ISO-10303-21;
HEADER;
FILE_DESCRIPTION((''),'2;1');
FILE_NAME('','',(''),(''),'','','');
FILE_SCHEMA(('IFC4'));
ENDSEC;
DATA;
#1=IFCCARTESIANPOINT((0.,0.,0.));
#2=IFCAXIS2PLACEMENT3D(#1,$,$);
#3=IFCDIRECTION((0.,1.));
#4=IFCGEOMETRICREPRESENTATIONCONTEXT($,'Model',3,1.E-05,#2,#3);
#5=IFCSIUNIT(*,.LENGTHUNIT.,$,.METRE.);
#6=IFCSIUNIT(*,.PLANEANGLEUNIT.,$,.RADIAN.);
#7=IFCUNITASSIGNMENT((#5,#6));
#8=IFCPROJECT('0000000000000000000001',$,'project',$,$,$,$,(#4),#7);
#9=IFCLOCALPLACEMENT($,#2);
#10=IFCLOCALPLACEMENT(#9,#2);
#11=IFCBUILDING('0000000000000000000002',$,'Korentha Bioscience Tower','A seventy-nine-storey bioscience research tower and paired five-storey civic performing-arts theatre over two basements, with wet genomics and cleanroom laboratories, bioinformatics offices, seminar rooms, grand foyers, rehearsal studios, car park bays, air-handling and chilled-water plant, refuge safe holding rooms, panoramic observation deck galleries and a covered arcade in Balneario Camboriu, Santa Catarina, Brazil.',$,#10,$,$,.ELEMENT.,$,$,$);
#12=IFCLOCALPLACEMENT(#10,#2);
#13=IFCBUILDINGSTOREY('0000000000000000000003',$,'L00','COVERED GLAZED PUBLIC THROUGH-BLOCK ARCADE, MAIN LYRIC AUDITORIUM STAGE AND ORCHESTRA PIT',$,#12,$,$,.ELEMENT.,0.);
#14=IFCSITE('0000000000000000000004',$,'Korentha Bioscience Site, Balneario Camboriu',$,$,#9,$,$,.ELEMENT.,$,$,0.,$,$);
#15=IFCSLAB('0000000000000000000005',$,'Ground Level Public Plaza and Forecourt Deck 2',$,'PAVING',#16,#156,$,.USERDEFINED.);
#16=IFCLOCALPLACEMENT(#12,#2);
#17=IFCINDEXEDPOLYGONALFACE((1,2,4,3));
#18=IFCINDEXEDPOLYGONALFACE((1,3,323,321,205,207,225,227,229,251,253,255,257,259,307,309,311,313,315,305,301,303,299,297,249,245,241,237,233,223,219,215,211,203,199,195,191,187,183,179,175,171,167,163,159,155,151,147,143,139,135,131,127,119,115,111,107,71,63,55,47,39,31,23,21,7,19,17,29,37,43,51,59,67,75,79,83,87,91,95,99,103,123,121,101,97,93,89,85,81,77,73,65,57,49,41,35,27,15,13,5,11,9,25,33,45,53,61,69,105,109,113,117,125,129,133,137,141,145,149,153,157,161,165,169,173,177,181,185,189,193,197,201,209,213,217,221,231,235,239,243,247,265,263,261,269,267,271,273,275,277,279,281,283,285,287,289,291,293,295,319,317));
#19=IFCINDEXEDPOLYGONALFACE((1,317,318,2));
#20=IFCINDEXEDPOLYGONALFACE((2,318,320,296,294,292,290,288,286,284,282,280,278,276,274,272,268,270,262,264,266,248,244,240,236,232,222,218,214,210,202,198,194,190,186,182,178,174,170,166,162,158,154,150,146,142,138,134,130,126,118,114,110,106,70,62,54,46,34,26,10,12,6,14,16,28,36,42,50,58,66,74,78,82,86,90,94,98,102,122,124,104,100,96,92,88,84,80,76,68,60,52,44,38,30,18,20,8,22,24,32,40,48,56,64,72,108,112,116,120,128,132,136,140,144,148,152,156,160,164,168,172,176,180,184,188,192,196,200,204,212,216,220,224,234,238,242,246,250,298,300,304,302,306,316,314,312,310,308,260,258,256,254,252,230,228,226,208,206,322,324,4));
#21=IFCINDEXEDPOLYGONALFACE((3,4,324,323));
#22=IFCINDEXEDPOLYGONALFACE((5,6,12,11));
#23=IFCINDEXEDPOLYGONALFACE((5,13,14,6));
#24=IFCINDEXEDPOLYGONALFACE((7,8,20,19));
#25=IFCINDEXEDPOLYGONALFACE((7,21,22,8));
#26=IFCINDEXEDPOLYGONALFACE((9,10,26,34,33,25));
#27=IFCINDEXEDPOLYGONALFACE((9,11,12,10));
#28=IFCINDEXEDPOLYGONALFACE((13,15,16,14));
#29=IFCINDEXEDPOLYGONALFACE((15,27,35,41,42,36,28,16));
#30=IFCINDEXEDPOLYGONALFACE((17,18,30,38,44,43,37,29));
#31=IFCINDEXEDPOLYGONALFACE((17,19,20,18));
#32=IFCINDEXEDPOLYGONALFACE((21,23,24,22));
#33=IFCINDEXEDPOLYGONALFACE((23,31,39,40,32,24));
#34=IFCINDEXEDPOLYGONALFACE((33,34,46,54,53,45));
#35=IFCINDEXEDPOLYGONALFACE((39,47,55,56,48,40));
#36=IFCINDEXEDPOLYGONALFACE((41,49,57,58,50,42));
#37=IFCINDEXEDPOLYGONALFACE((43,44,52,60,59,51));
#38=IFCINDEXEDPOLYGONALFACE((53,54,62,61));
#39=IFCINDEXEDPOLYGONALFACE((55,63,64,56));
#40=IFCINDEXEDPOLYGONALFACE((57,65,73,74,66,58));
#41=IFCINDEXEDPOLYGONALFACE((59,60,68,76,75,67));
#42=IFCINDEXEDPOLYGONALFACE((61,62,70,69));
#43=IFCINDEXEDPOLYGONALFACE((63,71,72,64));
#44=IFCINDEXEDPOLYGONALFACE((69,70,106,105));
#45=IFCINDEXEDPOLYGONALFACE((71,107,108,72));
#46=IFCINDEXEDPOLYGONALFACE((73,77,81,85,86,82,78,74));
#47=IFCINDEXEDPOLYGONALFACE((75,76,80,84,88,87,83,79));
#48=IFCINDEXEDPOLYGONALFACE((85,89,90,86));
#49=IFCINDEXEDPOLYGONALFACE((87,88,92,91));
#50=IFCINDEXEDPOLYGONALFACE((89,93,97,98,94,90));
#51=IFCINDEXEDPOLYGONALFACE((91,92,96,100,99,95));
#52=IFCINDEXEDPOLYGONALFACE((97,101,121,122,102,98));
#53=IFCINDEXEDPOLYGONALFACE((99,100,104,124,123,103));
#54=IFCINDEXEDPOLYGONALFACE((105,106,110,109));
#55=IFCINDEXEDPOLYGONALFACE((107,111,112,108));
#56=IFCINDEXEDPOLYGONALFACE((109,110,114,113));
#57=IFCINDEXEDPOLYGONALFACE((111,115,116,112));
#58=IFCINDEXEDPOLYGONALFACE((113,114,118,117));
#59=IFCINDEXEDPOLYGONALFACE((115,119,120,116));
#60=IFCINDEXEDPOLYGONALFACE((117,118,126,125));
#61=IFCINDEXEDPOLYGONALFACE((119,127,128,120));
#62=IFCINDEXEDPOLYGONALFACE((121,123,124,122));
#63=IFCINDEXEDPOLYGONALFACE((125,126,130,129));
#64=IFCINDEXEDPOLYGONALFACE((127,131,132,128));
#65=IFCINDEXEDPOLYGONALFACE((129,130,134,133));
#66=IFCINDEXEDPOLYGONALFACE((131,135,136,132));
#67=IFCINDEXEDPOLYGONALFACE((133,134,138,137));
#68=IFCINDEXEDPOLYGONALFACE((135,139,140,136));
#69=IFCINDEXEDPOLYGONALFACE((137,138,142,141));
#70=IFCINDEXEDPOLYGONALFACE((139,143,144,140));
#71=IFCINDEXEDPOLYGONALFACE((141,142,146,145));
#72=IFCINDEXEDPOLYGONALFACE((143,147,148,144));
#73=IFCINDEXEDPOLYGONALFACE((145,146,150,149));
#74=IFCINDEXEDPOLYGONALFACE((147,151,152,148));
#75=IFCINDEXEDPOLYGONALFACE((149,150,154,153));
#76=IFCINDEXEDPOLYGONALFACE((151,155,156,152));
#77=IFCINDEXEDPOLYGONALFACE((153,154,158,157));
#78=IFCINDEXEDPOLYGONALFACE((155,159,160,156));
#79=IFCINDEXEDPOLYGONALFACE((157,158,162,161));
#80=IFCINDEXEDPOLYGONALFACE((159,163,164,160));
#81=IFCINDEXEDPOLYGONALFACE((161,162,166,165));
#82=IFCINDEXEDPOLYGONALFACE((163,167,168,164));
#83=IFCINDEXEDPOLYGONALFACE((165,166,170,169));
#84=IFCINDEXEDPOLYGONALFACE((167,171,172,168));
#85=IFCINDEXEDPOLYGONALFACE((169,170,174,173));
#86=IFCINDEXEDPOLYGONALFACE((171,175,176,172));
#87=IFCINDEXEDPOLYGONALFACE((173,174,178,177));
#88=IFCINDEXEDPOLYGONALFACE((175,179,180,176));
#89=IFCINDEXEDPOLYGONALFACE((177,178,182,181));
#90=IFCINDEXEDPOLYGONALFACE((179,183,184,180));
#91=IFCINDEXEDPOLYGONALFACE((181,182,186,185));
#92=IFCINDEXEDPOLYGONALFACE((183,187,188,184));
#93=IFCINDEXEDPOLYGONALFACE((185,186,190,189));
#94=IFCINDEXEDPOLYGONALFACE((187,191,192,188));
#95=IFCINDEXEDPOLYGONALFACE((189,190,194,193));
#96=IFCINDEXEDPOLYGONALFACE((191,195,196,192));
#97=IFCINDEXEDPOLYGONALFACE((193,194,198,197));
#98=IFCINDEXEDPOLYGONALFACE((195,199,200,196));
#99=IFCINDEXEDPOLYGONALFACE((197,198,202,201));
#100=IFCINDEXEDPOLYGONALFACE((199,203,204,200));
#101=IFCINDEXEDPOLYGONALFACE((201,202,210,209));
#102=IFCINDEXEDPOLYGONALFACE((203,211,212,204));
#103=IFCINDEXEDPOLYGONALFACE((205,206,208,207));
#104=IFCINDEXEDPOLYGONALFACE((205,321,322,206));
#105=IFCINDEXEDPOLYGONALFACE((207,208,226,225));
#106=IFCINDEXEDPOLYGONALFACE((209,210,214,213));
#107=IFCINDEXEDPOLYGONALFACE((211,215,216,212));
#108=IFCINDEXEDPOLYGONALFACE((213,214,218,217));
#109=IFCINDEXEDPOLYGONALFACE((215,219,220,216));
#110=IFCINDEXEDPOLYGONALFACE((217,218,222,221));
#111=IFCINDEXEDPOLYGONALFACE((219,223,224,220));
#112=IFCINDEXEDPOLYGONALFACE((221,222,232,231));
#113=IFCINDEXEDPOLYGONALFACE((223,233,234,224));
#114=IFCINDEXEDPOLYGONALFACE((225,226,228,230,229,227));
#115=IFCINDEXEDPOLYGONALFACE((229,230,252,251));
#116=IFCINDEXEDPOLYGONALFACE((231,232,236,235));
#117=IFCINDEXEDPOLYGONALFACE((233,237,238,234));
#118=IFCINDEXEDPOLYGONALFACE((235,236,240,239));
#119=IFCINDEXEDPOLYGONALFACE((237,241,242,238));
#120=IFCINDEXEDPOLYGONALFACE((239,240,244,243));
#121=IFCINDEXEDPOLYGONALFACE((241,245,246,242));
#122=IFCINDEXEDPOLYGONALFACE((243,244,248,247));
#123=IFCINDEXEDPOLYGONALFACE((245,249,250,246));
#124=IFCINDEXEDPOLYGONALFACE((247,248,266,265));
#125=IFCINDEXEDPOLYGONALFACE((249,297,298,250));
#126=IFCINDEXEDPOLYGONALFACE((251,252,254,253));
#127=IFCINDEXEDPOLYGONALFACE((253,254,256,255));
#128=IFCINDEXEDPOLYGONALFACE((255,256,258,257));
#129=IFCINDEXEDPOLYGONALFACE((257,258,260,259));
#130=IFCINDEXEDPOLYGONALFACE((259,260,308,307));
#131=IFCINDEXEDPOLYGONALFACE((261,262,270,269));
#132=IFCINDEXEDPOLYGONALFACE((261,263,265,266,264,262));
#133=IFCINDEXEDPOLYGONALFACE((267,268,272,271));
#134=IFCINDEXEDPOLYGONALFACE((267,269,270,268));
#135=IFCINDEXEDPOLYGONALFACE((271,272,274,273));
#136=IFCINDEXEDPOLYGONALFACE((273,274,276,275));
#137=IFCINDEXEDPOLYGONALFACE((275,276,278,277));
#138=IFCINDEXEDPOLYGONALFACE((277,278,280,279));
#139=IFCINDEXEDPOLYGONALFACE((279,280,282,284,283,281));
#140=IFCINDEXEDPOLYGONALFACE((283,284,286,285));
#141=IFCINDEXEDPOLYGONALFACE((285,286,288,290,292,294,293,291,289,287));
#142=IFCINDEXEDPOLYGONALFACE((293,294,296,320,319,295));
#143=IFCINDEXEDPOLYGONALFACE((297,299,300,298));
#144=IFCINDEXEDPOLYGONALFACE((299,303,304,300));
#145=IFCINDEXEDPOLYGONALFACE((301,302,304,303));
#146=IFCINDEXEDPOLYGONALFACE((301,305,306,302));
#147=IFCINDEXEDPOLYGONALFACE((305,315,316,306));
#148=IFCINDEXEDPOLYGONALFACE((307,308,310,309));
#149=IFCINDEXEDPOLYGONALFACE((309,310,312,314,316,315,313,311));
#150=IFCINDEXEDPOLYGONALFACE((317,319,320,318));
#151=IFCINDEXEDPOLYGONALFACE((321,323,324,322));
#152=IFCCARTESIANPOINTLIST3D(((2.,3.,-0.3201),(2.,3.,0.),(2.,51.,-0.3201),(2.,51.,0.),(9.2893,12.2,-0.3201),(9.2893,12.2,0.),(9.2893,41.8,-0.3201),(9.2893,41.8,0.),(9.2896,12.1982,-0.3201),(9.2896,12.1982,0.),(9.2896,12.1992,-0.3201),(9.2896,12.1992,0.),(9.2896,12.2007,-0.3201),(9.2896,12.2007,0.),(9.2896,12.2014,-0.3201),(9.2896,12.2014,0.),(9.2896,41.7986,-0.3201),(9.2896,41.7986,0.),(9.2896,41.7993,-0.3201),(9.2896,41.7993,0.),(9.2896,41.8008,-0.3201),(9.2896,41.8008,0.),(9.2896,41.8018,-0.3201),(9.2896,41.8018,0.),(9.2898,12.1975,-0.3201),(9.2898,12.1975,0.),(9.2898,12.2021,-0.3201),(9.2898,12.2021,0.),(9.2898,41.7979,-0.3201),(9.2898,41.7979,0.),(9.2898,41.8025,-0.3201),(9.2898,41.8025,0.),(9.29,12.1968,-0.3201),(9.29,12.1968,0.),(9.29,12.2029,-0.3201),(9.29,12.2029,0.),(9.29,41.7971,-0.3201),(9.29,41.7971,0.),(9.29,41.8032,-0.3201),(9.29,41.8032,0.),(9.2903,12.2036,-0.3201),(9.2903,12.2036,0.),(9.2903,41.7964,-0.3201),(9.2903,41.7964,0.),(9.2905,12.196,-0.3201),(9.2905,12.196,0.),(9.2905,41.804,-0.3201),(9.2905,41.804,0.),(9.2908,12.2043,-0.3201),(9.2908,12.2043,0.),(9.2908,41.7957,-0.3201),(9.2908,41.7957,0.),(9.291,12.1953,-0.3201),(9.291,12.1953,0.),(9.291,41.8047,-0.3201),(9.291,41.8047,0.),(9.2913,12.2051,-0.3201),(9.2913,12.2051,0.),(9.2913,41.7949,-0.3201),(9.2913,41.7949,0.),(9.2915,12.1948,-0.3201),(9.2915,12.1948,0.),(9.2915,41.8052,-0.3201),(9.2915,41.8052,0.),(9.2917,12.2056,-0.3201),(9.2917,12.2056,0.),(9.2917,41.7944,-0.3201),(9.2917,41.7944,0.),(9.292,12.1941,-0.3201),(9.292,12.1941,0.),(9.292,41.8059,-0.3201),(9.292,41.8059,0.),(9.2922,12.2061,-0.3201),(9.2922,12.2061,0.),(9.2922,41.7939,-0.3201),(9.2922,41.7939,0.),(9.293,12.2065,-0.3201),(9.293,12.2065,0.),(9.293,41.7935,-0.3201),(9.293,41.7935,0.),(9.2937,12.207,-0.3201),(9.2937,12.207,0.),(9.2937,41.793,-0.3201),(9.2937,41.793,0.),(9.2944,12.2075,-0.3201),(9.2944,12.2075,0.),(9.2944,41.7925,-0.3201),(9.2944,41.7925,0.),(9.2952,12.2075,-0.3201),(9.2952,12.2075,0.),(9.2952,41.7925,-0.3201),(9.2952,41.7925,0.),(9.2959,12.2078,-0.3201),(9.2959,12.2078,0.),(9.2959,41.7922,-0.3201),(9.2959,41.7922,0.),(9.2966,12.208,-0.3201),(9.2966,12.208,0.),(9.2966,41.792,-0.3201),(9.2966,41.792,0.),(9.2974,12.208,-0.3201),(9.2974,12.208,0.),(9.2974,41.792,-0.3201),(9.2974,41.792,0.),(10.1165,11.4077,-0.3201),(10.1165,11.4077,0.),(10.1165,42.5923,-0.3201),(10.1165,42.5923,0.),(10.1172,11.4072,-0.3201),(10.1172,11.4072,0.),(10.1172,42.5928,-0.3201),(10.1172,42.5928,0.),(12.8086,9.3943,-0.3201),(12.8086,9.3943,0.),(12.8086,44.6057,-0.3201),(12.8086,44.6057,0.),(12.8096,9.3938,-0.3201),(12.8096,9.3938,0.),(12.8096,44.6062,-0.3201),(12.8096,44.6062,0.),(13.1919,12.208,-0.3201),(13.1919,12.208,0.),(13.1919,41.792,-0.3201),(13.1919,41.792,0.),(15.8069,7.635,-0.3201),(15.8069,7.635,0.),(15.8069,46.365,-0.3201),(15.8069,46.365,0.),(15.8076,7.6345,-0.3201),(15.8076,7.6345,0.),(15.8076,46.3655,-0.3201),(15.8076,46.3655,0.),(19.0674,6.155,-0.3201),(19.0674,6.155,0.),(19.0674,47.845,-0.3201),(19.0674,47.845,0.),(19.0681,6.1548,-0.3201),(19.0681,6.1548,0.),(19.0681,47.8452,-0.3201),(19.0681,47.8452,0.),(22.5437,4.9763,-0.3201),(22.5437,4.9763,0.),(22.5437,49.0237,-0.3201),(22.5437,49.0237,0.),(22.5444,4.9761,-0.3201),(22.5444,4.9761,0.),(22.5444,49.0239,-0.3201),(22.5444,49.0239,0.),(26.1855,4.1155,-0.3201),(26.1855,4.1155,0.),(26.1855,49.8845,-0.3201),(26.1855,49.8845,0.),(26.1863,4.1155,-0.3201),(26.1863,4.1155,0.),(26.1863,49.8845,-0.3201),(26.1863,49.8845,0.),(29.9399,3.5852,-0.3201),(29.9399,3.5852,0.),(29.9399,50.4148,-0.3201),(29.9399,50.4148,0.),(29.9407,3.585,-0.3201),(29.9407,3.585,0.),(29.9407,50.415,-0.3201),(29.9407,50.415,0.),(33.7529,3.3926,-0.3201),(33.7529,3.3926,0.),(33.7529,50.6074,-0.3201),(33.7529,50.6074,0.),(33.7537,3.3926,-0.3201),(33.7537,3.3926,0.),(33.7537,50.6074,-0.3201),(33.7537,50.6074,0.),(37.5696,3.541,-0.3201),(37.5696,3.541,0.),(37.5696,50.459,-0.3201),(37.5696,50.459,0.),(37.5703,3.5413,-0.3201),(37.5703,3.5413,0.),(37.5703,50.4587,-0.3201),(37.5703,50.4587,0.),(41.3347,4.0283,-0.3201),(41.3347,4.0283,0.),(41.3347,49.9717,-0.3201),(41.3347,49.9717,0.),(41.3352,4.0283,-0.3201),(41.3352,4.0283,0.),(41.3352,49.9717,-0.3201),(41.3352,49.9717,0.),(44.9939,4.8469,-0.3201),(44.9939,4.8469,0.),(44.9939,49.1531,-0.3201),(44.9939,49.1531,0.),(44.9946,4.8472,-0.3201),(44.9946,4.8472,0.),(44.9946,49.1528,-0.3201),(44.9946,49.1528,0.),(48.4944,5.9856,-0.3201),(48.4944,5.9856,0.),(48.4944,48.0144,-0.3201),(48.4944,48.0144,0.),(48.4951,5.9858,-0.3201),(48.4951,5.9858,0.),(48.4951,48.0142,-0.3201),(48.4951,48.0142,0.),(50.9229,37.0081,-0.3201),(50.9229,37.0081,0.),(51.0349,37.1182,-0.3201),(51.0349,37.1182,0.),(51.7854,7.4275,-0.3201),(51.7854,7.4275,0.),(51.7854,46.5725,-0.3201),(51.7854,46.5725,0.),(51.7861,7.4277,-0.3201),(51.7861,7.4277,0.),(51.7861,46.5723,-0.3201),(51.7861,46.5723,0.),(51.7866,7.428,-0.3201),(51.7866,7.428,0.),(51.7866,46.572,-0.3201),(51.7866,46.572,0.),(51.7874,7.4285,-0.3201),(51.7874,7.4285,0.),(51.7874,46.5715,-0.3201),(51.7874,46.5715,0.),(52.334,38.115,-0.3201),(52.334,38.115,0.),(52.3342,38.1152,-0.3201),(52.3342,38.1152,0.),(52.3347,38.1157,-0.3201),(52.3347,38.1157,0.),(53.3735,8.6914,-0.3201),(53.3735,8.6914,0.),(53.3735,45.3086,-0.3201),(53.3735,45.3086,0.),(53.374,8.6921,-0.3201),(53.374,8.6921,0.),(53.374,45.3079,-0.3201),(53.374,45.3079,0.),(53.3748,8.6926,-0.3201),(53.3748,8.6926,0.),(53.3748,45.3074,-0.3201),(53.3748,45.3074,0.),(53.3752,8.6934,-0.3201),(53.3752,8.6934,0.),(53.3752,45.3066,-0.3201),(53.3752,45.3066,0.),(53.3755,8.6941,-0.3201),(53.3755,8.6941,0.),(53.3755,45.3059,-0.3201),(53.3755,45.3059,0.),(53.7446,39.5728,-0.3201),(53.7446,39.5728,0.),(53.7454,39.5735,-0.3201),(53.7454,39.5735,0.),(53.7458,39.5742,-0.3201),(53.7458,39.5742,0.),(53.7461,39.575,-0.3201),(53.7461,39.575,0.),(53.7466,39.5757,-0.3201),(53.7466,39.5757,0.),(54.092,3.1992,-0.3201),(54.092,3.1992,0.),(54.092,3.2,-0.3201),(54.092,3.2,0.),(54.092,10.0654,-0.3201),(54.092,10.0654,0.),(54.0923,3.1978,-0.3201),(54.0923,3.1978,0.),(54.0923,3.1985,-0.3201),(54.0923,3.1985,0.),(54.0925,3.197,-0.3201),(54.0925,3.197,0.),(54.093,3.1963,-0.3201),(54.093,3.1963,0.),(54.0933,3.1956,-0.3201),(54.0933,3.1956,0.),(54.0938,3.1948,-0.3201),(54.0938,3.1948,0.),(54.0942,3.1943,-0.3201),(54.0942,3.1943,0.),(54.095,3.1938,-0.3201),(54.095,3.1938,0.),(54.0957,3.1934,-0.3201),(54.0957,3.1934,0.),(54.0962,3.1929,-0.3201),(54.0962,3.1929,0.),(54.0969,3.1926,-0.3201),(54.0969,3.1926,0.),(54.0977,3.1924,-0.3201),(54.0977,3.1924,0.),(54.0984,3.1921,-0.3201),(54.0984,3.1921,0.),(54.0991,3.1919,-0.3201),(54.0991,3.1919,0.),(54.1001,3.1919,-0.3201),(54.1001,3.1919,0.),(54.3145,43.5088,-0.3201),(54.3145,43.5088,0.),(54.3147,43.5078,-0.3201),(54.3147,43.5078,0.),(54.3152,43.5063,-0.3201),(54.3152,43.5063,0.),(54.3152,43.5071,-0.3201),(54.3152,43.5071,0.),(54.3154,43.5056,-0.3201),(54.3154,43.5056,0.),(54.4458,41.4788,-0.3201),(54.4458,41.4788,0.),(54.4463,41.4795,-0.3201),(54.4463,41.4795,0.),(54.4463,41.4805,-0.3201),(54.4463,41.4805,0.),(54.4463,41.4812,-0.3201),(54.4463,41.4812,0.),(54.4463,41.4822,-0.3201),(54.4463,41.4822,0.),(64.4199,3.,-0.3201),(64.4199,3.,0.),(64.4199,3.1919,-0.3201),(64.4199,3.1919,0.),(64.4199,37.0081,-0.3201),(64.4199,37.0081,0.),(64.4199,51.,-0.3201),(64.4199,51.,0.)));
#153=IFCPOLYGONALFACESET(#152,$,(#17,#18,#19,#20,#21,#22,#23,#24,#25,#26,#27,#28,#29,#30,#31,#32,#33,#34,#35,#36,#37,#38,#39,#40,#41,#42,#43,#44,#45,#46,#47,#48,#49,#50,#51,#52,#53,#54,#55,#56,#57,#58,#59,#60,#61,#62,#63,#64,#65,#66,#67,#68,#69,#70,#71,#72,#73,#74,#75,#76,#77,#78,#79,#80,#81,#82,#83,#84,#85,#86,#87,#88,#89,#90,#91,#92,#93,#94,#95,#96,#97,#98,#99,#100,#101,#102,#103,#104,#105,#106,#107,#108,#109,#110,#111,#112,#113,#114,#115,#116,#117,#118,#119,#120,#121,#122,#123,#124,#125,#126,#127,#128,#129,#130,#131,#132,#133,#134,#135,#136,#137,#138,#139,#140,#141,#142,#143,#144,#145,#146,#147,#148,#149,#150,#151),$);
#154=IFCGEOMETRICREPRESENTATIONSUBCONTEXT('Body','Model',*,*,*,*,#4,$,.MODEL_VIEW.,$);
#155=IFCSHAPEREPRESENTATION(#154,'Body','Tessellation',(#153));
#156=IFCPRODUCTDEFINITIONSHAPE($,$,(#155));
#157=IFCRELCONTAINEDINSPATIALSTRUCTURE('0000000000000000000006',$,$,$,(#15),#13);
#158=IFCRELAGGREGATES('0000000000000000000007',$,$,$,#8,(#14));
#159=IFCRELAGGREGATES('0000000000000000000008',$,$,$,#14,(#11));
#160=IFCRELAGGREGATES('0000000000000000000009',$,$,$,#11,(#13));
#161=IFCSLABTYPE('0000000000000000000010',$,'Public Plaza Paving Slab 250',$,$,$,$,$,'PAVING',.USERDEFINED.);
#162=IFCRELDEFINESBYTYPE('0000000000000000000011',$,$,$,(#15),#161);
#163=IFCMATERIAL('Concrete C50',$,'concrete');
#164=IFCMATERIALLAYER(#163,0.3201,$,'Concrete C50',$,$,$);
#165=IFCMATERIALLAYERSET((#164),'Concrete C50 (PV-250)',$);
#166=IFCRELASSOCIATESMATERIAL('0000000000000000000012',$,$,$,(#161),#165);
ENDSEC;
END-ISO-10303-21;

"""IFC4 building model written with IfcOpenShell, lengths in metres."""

from ifc_helpers import new_model, si_unit, direction, frame, origin, place, context, subcontext, project, spatial, polyline, outline, extrude, material, layer, layer_set, type_object, element, save


model = new_model("IFC4")

# Units and contexts
model_context = context("Model", 3, precision=1e-05, world=origin(), true_north=direction((0.0, 1.0)))
body_context = subcontext(model_context, "Body", "Model", "MODEL_VIEW")
ifc_project = project(units=[si_unit("LENGTHUNIT", "METRE"), si_unit("PLANEANGLEUNIT", "RADIAN")], contexts=[model_context])

# Site, building, storey
site_placement = place(None, origin())
site = spatial("IfcSite", under=ifc_project, at=site_placement, Name="Korentha Bioscience Site, Balneario Camboriu", CompositionType="ELEMENT", RefElevation=0.0)
building_placement = place(site_placement, origin())
building = spatial("IfcBuilding", under=site, at=building_placement, Name="Korentha Bioscience Tower", Description="A seventy-nine-storey bioscience research tower and paired five-storey civic performing-arts theatre over two basements, with wet genomics and cleanroom laboratories, bioinformatics offices, seminar rooms, grand foyers, rehearsal studios, car park bays, air-handling and chilled-water plant, refuge safe holding rooms, panoramic observation deck galleries and a covered arcade in Balneario Camboriu, Santa Catarina, Brazil.", CompositionType="ELEMENT")
storey_placement = place(building_placement, origin())
storey = spatial("IfcBuildingStorey", under=building, at=storey_placement, Name="L00", Description="COVERED GLAZED PUBLIC THROUGH-BLOCK ARCADE, MAIN LYRIC AUDITORIUM STAGE AND ORCHESTRA PIT", CompositionType="ELEMENT", Elevation=0.0)

# Shared definitions
ifc_material_1 = material(Name="Concrete C50", Category="concrete")

# Slab
ifc_layer_1 = layer(ifc_material_1, 0.3201, Name="Concrete C50")
ifc_layer_set_1 = layer_set([ifc_layer_1], Name="Concrete C50 (PV-250)")
slab_type_1 = type_object("IfcSlabType", Name="Public Plaza Paving Slab 250", ElementType="PAVING", PredefinedType="USERDEFINED", material=ifc_layer_set_1)
slab_1_placement = place(storey_placement, frame((0.0, 0.0, -0.3201)))
element("IfcSlab", 1, at=slab_1_placement, inside=storey, type_object=slab_type_1, Name="Ground Level Public Plaza and Forecourt Deck 2", ObjectType="PAVING", PredefinedType="USERDEFINED", context=body_context, shape_type="SweptSolid", body=[
    extrude(outline(polyline([(64.4199, 3.0), (64.4199, 3.1919), (54.1001, 3.1919), (54.0991, 3.1919), (54.0984, 3.1921), (54.0977, 3.1924), (54.0969, 3.1926), (54.0962, 3.1929), (54.0957, 3.1934), (54.095, 3.1938), (54.0942, 3.1943), (54.0938, 3.1948), (54.0933, 3.1956), (54.093, 3.1963), (54.0925, 3.197), (54.0923, 3.1978), (54.0923, 3.1985), (54.092, 3.1992), (54.092, 3.2), (54.092, 10.0654), (53.3755, 8.6941), (53.3752, 8.6934), (53.3748, 8.6926), (53.374, 8.6921), (53.3735, 8.6914), (51.7874, 7.4285), (51.7866, 7.428), (51.7861, 7.4277), (51.7854, 7.4275), (48.4951, 5.9858), (48.4944, 5.9856), (44.9946, 4.8472), (44.9939, 4.8469), (41.3352, 4.0283), (41.3347, 4.0283), (37.5703, 3.5413), (37.5696, 3.541), (33.7537, 3.3926), (33.7529, 3.3926), (29.9407, 3.585), (29.9399, 3.5852), (26.1863, 4.1155), (26.1855, 4.1155), (22.5444, 4.9761), (22.5437, 4.9763), (19.0681, 6.1548), (19.0674, 6.155), (15.8076, 7.6345), (15.8069, 7.635), (12.8096, 9.3938), (12.8086, 9.3943), (10.1172, 11.4072), (10.1165, 11.4077), (9.292, 12.1941), (9.2915, 12.1948), (9.291, 12.1953), (9.2905, 12.196), (9.29, 12.1968), (9.2898, 12.1975), (9.2896, 12.1982), (9.2896, 12.1992), (9.2893, 12.2), (9.2896, 12.2007), (9.2896, 12.2014), (9.2898, 12.2021), (9.29, 12.2029), (9.2903, 12.2036), (9.2908, 12.2043), (9.2913, 12.2051), (9.2917, 12.2056), (9.2922, 12.2061), (9.293, 12.2065), (9.2937, 12.207), (9.2944, 12.2075), (9.2952, 12.2075), (9.2959, 12.2078), (9.2966, 12.208), (9.2974, 12.208), (13.1919, 12.208), (13.1919, 41.792), (9.2974, 41.792), (9.2966, 41.792), (9.2959, 41.7922), (9.2952, 41.7925), (9.2944, 41.7925), (9.2937, 41.793), (9.293, 41.7935), (9.2922, 41.7939), (9.2917, 41.7944), (9.2913, 41.7949), (9.2908, 41.7957), (9.2903, 41.7964), (9.29, 41.7971), (9.2898, 41.7979), (9.2896, 41.7986), (9.2896, 41.7993), (9.2893, 41.8), (9.2896, 41.8008), (9.2896, 41.8018), (9.2898, 41.8025), (9.29, 41.8032), (9.2905, 41.804), (9.291, 41.8047), (9.2915, 41.8052), (9.292, 41.8059), (10.1165, 42.5923), (10.1172, 42.5928), (12.8086, 44.6057), (12.8096, 44.6062), (15.8069, 46.365), (15.8076, 46.3655), (19.0674, 47.845), (19.0681, 47.8452), (22.5437, 49.0237), (22.5444, 49.0239), (26.1855, 49.8845), (26.1863, 49.8845), (29.9399, 50.4148), (29.9407, 50.415), (33.7529, 50.6074), (33.7537, 50.6074), (37.5696, 50.459), (37.5703, 50.4587), (41.3347, 49.9717), (41.3352, 49.9717), (44.9939, 49.1531), (44.9946, 49.1528), (48.4944, 48.0144), (48.4951, 48.0142), (51.7854, 46.5725), (51.7861, 46.5723), (51.7866, 46.572), (51.7874, 46.5715), (53.3735, 45.3086), (53.374, 45.3079), (53.3748, 45.3074), (53.3752, 45.3066), (53.3755, 45.3059), (54.3145, 43.5088), (54.3147, 43.5078), (54.3152, 43.5071), (54.3152, 43.5063), (54.3154, 43.5056), (54.4463, 41.4822), (54.4463, 41.4812), (54.4463, 41.4805), (54.4463, 41.4795), (54.4458, 41.4788), (53.7466, 39.5757), (53.7461, 39.575), (53.7458, 39.5742), (53.7454, 39.5735), (53.7446, 39.5728), (52.3347, 38.1157), (52.3342, 38.1152), (52.334, 38.115), (51.0349, 37.1182), (50.9229, 37.0081), (64.4199, 37.0081), (64.4199, 51.0), (2.0, 51.0), (2.0, 3.0), (64.4199, 3.0)])), origin(), (0.0, 0.0, 1.0), 0.3201),
])

save(model, "model.ifc")
